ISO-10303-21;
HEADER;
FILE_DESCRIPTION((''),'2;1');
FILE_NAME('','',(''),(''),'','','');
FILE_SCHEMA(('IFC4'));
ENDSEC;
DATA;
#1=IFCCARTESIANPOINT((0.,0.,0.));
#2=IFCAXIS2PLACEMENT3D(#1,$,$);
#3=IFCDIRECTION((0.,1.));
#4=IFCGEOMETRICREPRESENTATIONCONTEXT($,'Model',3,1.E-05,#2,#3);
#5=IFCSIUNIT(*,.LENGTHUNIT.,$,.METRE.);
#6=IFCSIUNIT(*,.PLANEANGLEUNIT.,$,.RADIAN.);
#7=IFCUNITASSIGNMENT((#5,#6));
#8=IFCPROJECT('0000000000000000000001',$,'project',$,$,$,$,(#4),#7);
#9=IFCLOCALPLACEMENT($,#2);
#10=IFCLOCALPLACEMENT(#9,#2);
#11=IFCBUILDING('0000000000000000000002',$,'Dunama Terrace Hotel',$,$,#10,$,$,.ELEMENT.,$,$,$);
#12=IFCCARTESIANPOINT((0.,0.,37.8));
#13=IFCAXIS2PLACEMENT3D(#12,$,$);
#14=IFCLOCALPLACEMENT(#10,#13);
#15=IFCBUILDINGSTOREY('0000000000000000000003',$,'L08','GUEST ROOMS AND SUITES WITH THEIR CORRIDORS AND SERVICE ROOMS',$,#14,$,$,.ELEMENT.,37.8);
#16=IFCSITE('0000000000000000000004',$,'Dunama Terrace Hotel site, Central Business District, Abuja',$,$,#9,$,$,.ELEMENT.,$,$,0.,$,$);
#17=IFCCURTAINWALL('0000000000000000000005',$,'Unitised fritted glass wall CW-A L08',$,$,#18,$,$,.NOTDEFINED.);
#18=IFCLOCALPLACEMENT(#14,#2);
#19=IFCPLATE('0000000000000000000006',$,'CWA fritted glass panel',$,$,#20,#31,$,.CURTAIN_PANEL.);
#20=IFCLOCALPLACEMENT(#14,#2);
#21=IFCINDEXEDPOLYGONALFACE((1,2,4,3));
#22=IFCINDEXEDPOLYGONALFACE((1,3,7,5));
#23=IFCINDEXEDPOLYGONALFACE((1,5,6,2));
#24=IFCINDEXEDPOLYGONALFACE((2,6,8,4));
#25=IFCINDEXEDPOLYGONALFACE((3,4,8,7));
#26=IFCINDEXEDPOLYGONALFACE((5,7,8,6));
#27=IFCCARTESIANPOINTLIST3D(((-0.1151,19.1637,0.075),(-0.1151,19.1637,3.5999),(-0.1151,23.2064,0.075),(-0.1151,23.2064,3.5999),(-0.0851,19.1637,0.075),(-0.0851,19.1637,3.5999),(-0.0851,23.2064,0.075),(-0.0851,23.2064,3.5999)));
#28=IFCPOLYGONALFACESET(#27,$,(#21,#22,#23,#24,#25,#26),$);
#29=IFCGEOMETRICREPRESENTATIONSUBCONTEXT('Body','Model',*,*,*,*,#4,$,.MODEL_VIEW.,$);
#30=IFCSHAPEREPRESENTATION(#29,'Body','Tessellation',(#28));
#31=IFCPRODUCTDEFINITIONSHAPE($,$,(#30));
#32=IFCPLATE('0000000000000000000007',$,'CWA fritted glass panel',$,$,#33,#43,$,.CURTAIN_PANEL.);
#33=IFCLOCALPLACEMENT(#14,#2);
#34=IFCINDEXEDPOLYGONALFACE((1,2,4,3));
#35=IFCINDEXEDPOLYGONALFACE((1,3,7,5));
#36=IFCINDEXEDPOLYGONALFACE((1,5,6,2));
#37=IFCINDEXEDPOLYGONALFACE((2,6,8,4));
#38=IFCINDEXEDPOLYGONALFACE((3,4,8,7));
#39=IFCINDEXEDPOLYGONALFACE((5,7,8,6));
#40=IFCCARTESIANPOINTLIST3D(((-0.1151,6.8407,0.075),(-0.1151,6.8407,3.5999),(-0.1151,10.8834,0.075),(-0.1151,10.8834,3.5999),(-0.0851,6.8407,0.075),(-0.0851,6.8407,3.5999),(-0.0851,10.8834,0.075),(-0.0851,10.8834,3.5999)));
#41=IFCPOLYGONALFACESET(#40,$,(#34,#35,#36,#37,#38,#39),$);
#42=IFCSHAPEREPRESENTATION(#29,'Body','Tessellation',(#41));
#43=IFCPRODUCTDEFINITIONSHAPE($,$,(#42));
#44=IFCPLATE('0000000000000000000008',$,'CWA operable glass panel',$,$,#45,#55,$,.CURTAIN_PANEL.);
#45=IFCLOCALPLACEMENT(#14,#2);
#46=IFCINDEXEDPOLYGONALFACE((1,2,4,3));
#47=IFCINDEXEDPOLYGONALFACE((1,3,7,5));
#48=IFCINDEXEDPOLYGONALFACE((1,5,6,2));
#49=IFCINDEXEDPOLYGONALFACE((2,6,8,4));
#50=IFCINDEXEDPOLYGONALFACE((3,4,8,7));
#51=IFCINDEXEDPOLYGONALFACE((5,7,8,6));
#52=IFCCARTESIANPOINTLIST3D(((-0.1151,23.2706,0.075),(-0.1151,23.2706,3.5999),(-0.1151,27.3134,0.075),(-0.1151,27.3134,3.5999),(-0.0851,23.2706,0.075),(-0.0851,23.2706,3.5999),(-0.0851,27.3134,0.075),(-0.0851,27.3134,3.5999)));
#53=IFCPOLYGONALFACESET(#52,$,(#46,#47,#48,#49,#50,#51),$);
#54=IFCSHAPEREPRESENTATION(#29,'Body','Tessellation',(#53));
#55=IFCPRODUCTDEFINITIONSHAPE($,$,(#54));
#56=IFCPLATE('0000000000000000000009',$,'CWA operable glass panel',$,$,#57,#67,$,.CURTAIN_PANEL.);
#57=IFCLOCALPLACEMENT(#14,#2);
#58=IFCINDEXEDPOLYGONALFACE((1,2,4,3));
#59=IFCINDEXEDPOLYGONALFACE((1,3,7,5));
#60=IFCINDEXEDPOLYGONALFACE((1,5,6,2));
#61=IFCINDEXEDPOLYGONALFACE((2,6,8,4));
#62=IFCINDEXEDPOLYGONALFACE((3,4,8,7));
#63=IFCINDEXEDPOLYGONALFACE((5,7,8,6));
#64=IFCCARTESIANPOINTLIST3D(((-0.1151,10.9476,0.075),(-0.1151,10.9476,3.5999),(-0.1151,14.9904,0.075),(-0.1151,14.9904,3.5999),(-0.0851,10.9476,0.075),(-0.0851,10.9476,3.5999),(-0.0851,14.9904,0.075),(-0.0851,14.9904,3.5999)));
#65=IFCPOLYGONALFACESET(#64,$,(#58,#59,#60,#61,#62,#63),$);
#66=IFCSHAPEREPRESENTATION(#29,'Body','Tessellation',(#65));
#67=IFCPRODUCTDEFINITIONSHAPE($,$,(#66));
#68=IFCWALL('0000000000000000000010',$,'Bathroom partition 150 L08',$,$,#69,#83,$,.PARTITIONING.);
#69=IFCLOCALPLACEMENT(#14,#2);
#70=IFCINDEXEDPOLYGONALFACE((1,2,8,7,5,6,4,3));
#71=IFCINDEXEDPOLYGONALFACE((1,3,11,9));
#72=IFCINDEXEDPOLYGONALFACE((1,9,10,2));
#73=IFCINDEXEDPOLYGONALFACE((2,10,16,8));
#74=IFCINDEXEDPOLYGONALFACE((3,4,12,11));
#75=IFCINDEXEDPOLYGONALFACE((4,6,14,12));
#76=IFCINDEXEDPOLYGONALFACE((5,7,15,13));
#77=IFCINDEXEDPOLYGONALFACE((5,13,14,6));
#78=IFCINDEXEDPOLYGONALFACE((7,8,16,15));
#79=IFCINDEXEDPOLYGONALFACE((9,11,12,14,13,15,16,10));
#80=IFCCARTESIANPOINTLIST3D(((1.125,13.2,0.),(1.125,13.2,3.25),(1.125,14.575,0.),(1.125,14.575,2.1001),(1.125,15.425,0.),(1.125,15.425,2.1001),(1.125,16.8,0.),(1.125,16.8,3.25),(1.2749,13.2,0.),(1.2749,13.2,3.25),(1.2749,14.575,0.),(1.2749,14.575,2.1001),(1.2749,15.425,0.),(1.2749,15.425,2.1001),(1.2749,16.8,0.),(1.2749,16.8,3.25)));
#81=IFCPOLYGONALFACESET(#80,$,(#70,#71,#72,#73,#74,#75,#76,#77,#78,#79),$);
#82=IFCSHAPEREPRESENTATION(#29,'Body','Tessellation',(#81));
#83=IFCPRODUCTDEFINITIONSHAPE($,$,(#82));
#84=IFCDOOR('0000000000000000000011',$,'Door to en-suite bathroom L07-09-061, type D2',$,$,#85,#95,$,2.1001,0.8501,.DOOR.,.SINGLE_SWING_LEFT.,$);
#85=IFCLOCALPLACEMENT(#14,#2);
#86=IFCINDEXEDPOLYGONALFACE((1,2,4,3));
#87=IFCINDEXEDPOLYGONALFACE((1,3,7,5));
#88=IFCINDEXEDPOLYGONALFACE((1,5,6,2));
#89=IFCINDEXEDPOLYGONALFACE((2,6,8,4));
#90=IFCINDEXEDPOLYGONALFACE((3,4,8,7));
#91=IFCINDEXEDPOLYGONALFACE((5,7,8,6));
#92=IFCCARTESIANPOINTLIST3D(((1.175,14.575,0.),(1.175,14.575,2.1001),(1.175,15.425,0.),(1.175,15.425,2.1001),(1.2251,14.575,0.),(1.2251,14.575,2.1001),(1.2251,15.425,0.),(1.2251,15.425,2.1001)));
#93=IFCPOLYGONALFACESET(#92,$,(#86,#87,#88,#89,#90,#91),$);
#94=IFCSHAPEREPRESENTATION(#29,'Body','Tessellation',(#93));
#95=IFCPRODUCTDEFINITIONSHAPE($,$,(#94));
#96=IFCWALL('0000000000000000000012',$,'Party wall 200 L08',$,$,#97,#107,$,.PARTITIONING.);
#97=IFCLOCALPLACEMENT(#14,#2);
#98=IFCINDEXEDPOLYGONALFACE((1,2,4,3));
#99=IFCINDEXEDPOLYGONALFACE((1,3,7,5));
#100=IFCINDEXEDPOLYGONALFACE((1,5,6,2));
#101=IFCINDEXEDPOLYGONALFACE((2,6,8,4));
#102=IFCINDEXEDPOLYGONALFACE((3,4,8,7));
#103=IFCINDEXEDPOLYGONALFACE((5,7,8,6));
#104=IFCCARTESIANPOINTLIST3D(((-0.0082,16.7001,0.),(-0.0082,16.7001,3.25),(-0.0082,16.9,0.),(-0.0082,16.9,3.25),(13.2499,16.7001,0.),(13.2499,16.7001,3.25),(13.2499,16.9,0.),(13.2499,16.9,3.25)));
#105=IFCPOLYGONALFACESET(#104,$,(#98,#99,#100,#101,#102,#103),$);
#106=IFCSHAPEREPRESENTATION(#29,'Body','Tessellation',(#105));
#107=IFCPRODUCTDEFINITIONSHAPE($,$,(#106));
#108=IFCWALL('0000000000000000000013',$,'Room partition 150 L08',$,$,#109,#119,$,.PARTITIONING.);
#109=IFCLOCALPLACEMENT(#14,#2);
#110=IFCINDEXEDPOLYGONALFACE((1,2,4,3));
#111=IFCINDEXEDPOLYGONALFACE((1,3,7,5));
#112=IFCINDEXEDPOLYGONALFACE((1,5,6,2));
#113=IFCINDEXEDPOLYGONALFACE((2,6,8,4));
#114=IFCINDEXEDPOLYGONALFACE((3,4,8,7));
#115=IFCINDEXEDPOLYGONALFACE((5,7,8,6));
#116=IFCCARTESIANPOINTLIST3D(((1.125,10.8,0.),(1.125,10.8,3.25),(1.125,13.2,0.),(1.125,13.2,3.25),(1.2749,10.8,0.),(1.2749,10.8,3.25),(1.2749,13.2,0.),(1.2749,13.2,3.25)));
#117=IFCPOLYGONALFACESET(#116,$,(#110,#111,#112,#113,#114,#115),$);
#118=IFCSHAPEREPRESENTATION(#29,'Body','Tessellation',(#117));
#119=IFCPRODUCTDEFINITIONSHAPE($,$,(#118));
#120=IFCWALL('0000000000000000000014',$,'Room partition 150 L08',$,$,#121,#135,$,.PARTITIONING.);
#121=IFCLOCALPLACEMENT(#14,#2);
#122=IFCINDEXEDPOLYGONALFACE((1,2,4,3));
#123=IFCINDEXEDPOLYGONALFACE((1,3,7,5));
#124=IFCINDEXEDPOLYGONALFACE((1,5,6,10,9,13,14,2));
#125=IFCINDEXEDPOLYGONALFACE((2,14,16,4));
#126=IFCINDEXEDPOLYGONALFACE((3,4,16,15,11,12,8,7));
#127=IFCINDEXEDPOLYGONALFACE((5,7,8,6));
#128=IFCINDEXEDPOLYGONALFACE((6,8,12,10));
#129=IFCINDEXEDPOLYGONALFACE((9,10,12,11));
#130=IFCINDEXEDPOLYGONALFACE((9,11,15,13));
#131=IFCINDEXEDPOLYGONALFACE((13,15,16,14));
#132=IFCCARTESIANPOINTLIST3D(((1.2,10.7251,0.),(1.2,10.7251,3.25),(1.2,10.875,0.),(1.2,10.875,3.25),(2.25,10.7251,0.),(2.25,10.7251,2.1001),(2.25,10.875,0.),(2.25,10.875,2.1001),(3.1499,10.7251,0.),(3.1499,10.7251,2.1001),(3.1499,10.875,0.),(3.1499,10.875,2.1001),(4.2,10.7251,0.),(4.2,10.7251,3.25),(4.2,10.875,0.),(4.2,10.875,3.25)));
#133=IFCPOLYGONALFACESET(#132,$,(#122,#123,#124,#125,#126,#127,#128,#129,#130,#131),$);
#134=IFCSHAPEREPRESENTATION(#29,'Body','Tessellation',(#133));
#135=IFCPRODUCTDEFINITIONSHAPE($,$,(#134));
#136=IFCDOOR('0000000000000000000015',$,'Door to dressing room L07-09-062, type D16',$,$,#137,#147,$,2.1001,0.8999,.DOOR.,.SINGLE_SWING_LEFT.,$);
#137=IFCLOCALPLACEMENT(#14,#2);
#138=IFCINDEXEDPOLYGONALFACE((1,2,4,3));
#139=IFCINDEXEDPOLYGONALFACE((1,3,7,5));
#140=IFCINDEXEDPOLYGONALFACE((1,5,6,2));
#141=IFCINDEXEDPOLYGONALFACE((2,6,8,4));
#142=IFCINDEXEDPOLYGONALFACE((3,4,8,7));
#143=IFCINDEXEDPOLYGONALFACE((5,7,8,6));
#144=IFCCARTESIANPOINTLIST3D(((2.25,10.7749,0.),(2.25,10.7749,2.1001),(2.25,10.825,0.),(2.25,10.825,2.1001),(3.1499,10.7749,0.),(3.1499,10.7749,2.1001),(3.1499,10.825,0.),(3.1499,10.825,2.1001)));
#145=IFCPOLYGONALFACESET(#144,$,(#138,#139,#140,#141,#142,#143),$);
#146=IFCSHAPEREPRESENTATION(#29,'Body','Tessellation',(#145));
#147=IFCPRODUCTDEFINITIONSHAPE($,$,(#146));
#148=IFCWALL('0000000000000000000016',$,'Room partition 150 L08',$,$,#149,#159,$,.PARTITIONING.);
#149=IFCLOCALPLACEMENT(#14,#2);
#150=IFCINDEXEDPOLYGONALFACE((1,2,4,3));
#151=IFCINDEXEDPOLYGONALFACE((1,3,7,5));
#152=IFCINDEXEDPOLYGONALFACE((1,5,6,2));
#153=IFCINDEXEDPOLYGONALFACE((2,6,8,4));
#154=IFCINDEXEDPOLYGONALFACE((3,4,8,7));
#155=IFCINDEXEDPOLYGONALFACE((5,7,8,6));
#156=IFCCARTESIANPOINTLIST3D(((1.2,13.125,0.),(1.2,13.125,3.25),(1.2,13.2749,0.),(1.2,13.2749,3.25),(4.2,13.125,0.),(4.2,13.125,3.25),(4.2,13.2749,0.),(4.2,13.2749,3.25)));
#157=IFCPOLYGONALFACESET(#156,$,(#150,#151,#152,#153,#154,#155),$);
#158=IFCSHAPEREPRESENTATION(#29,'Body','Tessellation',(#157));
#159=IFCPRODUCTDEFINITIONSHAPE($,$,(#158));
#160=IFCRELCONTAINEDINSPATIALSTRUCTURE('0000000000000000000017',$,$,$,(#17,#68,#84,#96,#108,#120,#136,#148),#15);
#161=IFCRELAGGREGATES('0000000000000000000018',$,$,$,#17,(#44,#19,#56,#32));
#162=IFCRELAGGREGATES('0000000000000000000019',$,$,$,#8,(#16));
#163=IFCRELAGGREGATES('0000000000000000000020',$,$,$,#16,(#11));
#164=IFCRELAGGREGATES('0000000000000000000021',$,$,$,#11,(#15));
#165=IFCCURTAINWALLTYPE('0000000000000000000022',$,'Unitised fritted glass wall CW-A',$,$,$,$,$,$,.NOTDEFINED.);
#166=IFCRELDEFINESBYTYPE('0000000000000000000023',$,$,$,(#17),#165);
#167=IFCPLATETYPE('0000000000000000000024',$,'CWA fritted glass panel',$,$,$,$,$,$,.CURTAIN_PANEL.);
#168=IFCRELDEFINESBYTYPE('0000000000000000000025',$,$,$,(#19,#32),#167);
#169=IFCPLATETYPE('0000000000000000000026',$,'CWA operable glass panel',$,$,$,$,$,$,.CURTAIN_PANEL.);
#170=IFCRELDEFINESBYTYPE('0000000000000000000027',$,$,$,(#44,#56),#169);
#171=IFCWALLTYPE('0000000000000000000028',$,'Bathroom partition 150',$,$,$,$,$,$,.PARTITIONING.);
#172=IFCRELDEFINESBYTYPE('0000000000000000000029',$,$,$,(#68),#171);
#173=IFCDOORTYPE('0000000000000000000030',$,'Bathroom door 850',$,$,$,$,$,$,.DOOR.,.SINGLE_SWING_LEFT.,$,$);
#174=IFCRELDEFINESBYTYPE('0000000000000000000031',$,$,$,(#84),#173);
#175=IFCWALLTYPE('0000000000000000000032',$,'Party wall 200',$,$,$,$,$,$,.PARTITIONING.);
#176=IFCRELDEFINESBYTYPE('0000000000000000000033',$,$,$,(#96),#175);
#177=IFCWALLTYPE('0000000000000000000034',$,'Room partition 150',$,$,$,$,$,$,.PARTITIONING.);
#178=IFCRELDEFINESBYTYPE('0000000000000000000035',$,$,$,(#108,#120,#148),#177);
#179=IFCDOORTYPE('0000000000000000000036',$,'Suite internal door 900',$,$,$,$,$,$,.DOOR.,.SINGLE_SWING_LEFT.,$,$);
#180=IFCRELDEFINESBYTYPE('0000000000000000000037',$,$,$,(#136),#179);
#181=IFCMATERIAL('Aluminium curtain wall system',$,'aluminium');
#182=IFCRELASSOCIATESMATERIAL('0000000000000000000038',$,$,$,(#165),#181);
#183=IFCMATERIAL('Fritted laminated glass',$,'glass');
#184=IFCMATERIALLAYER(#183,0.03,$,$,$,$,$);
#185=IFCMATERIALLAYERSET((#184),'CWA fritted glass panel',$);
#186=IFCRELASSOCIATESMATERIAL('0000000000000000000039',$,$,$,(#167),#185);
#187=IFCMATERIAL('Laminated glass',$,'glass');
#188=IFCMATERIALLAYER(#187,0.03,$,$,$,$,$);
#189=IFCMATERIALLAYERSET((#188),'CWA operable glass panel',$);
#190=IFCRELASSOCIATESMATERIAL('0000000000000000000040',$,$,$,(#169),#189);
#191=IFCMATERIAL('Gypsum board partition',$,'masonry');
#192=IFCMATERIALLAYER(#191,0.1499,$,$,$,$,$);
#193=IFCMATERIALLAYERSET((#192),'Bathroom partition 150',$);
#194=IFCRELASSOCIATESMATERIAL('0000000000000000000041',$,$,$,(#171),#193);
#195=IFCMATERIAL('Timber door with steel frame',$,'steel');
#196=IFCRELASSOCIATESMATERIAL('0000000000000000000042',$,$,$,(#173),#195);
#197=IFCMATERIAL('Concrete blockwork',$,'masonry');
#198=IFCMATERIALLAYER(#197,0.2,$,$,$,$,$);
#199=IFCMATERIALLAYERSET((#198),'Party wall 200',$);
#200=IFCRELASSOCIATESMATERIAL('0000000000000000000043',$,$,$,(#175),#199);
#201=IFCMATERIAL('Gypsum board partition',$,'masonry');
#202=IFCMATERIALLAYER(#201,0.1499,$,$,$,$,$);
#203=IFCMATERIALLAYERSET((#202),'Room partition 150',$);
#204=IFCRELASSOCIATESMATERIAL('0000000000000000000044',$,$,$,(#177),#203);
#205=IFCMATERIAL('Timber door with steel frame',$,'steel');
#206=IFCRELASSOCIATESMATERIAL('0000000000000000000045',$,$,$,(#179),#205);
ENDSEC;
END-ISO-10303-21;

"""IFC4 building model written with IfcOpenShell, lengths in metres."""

from ifc_helpers import new_model, si_unit, direction, frame, frame_2d, origin, origin_2d, place, context, subcontext, project, spatial, rectangle, extrude, material, layer, layer_set, type_object, element, fill, aggregate, save


model = new_model("IFC4")

# Units and contexts
model_context = context("Model", 3, precision=1e-05, world=origin(), true_north=direction((0.0, 1.0)))
body_context = subcontext(model_context, "Body", "Model", "MODEL_VIEW")
ifc_project = project(units=[si_unit("LENGTHUNIT", "METRE"), si_unit("PLANEANGLEUNIT", "RADIAN")], contexts=[model_context])

# Site, building, storey
site_placement = place(None, origin())
site = spatial("IfcSite", under=ifc_project, at=site_placement, Name="Dunama Terrace Hotel site, Central Business District, Abuja", CompositionType="ELEMENT", RefElevation=0.0)
building_placement = place(site_placement, origin())
building = spatial("IfcBuilding", under=site, at=building_placement, Name="Dunama Terrace Hotel", CompositionType="ELEMENT")
storey_placement = place(building_placement, frame((0.0, 0.0, 37.8)))
storey = spatial("IfcBuildingStorey", under=building, at=storey_placement, Name="L08", Description="GUEST ROOMS AND SUITES WITH THEIR CORRIDORS AND SERVICE ROOMS", CompositionType="ELEMENT", Elevation=37.8)

# Curtain wall
ifc_material_1 = material(Name="Aluminium curtain wall system", Category="aluminium")
curtain_wall_type = type_object("IfcCurtainWallType", Name="Unitised fritted glass wall CW-A", PredefinedType="NOTDEFINED", material=ifc_material_1)
curtain_wall_placement = place(storey_placement, origin())
curtain_wall = element("IfcCurtainWall", 1, at=curtain_wall_placement, inside=storey, type_object=curtain_wall_type, Name="Unitised fritted glass wall CW-A L08", PredefinedType="NOTDEFINED")

# Plates
ifc_material_2 = material(Name="Fritted laminated glass", Category="glass")
ifc_layer_1 = layer(ifc_material_2, 0.03)
ifc_layer_set_1 = layer_set([ifc_layer_1], Name="CWA fritted glass panel")
plate_type_1 = type_object("IfcPlateType", Name="CWA fritted glass panel", PredefinedType="CURTAIN_PANEL", material=ifc_layer_set_1)
plate_1_placement = place(storey_placement, frame((-0.1001, 21.1851, 0.075), z_axis=(0.0, 0.0, 1.0), x_axis=(0.0, -1.0, 0.0)))
plate_1 = element("IfcPlate", 2, at=plate_1_placement, type_object=plate_type_1, Name="CWA fritted glass panel", PredefinedType="CURTAIN_PANEL", context=body_context, shape_type="SweptSolid", body=[
    extrude(rectangle(XDim=4.0427, YDim=0.03, at=origin_2d()), origin(), (0.0, 0.0, 1.0), 3.5249),
])
plate_2_placement = place(storey_placement, frame((-0.1001, 8.8621, 0.075), z_axis=(0.0, 0.0, 1.0), x_axis=(0.0, -1.0, 0.0)))
plate_2 = element("IfcPlate", 3, at=plate_2_placement, type_object=plate_type_1, Name="CWA fritted glass panel", PredefinedType="CURTAIN_PANEL", context=body_context, shape_type="SweptSolid", body=[
    extrude(rectangle(XDim=4.0427, YDim=0.03, at=origin_2d()), origin(), (0.0, 0.0, 1.0), 3.5249),
])
ifc_material_3 = material(Name="Laminated glass", Category="glass")
ifc_layer_2 = layer(ifc_material_3, 0.03)
ifc_layer_set_2 = layer_set([ifc_layer_2], Name="CWA operable glass panel")
plate_type_2 = type_object("IfcPlateType", Name="CWA operable glass panel", PredefinedType="CURTAIN_PANEL", material=ifc_layer_set_2)
plate_3_placement = place(storey_placement, frame((-0.1001, 25.292, 0.075), z_axis=(0.0, 0.0, 1.0), x_axis=(0.0, -1.0, 0.0)))
plate_3 = element("IfcPlate", 4, at=plate_3_placement, type_object=plate_type_2, Name="CWA operable glass panel", PredefinedType="CURTAIN_PANEL", context=body_context, shape_type="SweptSolid", body=[
    extrude(rectangle(XDim=4.0427, YDim=0.03, at=origin_2d()), origin(), (0.0, 0.0, 1.0), 3.5249),
])
plate_4_placement = place(storey_placement, frame((-0.1001, 12.969, 0.075), z_axis=(0.0, 0.0, 1.0), x_axis=(0.0, -1.0, 0.0)))
plate_4 = element("IfcPlate", 5, at=plate_4_placement, type_object=plate_type_2, Name="CWA operable glass panel", PredefinedType="CURTAIN_PANEL", context=body_context, shape_type="SweptSolid", body=[
    extrude(rectangle(XDim=4.0427, YDim=0.03, at=origin_2d()), origin(), (0.0, 0.0, 1.0), 3.5249),
])
aggregate(curtain_wall, [plate_3, plate_1, plate_4, plate_2])

# Wall, opening, door
ifc_material_4 = material(Name="Gypsum board partition", Category="masonry")
ifc_layer_3 = layer(ifc_material_4, 0.1499)
ifc_layer_set_3 = layer_set([ifc_layer_3], Name="Bathroom partition 150")
wall_type_1 = type_object("IfcWallType", Name="Bathroom partition 150", PredefinedType="PARTITIONING", material=ifc_layer_set_3)
wall_1_placement = place(storey_placement, frame((1.2, 13.2, 0.0), z_axis=(0.0, 0.0, 1.0), x_axis=(0.0, 1.0, 0.0)))
wall_1 = element("IfcWall", 6, at=wall_1_placement, inside=storey, type_object=wall_type_1, Name="Bathroom partition 150 L08", PredefinedType="PARTITIONING", context=body_context, shape_type="SweptSolid", body=[
    extrude(rectangle(XDim=3.6001, YDim=0.1499, at=frame_2d((1.8, 0.0))), origin(), (0.0, 0.0, 1.0), 3.25),
])
opening_1_placement = place(wall_1_placement, frame((1.375, 0.0, 0.0)))
opening_1 = element("IfcOpeningElement", 7, at=opening_1_placement, cuts=wall_1, PredefinedType="OPENING", context=body_context, shape_type="SweptSolid", body=[
    extrude(rectangle(XDim=0.8501, YDim=2.1001, at=frame_2d((0.425, 1.05))), frame((0.0, 0.085, 0.0), z_axis=(0.0, -1.0, 0.0), x_axis=(1.0, 0.0, 0.0)), (0.0, 0.0, 1.0), 0.1699),
])
ifc_material_5 = material(Name="Timber door with steel frame", Category="steel")
door_type_1 = type_object("IfcDoorType", Name="Bathroom door 850", OperationType="SINGLE_SWING_LEFT", PredefinedType="DOOR", material=ifc_material_5)
door_1_placement = place(opening_1_placement, frame((0.8501, 0.0, 0.0), z_axis=(0.0, 0.0, 1.0), x_axis=(-1.0, 0.0, 0.0)))
door_1 = element("IfcDoor", 8, at=door_1_placement, inside=storey, type_object=door_type_1, Name="Door to en-suite bathroom L07-09-061, type D2", OperationType="SINGLE_SWING_LEFT", OverallHeight=2.1001, OverallWidth=0.8501, PredefinedType="DOOR", context=body_context, shape_type="SweptSolid", body=[
    extrude(rectangle(XDim=0.8501, YDim=2.1001, at=frame_2d((0.425, 1.05))), frame((0.0, 0.0251, 0.0), z_axis=(0.0, -1.0, 0.0), x_axis=(1.0, 0.0, 0.0)), (0.0, 0.0, 1.0), 0.05),
])
fill(opening_1, door_1)

# Walls
ifc_material_6 = material(Name="Concrete blockwork", Category="masonry")
ifc_layer_4 = layer(ifc_material_6, 0.2)
ifc_layer_set_4 = layer_set([ifc_layer_4], Name="Party wall 200")
wall_type_2 = type_object("IfcWallType", Name="Party wall 200", PredefinedType="PARTITIONING", material=ifc_layer_set_4)
wall_2_placement = place(storey_placement, frame((-0.0081, 16.8, 0.0), z_axis=(0.0, 0.0, 1.0), x_axis=(1.0, 0.0, 0.0)))
element("IfcWall", 9, at=wall_2_placement, inside=storey, type_object=wall_type_2, Name="Party wall 200 L08", PredefinedType="PARTITIONING", context=body_context, shape_type="SweptSolid", body=[
    extrude(rectangle(XDim=13.2581, YDim=0.2, at=frame_2d((6.6289, 0.0))), origin(), (0.0, 0.0, 1.0), 3.25),
])
ifc_material_7 = material(Name="Gypsum board partition", Category="masonry")
ifc_layer_5 = layer(ifc_material_7, 0.1499)
ifc_layer_set_5 = layer_set([ifc_layer_5], Name="Room partition 150")
wall_type_3 = type_object("IfcWallType", Name="Room partition 150", PredefinedType="PARTITIONING", material=ifc_layer_set_5)
wall_3_placement = place(storey_placement, frame((1.2, 10.8, 0.0), z_axis=(0.0, 0.0, 1.0), x_axis=(0.0, 1.0, 0.0)))
element("IfcWall", 10, at=wall_3_placement, inside=storey, type_object=wall_type_3, Name="Room partition 150 L08", PredefinedType="PARTITIONING", context=body_context, shape_type="SweptSolid", body=[
    extrude(rectangle(XDim=2.3999, YDim=0.1499, at=frame_2d((1.2, 0.0))), origin(), (0.0, 0.0, 1.0), 3.25),
])

# Wall, opening, door
wall_4_placement = place(storey_placement, frame((1.2, 10.8, 0.0), z_axis=(0.0, 0.0, 1.0), x_axis=(1.0, 0.0, 0.0)))
wall_4 = element("IfcWall", 11, at=wall_4_placement, inside=storey, type_object=wall_type_3, Name="Room partition 150 L08", PredefinedType="PARTITIONING", context=body_context, shape_type="SweptSolid", body=[
    extrude(rectangle(XDim=3.0, YDim=0.1499, at=frame_2d((1.5, 0.0))), origin(), (0.0, 0.0, 1.0), 3.25),
])
opening_2_placement = place(wall_4_placement, frame((1.05, 0.0, 0.0)))
opening_2 = element("IfcOpeningElement", 12, at=opening_2_placement, cuts=wall_4, PredefinedType="OPENING", context=body_context, shape_type="SweptSolid", body=[
    extrude(rectangle(XDim=0.8999, YDim=2.1001, at=frame_2d((0.45, 1.05))), frame((0.0, 0.085, 0.0), z_axis=(0.0, -1.0, 0.0), x_axis=(1.0, 0.0, 0.0)), (0.0, 0.0, 1.0), 0.1699),
])
ifc_material_8 = material(Name="Timber door with steel frame", Category="steel")
door_type_2 = type_object("IfcDoorType", Name="Suite internal door 900", OperationType="SINGLE_SWING_LEFT", PredefinedType="DOOR", material=ifc_material_8)
door_2_placement = place(opening_2_placement, origin())
door_2 = element("IfcDoor", 13, at=door_2_placement, inside=storey, type_object=door_type_2, Name="Door to dressing room L07-09-062, type D16", OperationType="SINGLE_SWING_LEFT", OverallHeight=2.1001, OverallWidth=0.8999, PredefinedType="DOOR", context=body_context, shape_type="SweptSolid", body=[
    extrude(rectangle(XDim=0.8999, YDim=2.1001, at=frame_2d((0.45, 1.05))), frame((0.0, 0.0249, 0.0), z_axis=(0.0, -1.0, 0.0), x_axis=(1.0, 0.0, 0.0)), (0.0, 0.0, 1.0), 0.05),
])
fill(opening_2, door_2)

# Wall
wall_5_placement = place(storey_placement, frame((1.2, 13.2, 0.0), z_axis=(0.0, 0.0, 1.0), x_axis=(1.0, 0.0, 0.0)))
element("IfcWall", 14, at=wall_5_placement, inside=storey, type_object=wall_type_3, Name="Room partition 150 L08", PredefinedType="PARTITIONING", context=body_context, shape_type="SweptSolid", body=[
    extrude(rectangle(XDim=3.0, YDim=0.1499, at=frame_2d((1.5, 0.0))), origin(), (0.0, 0.0, 1.0), 3.25),
])

save(model, "model.ifc")
